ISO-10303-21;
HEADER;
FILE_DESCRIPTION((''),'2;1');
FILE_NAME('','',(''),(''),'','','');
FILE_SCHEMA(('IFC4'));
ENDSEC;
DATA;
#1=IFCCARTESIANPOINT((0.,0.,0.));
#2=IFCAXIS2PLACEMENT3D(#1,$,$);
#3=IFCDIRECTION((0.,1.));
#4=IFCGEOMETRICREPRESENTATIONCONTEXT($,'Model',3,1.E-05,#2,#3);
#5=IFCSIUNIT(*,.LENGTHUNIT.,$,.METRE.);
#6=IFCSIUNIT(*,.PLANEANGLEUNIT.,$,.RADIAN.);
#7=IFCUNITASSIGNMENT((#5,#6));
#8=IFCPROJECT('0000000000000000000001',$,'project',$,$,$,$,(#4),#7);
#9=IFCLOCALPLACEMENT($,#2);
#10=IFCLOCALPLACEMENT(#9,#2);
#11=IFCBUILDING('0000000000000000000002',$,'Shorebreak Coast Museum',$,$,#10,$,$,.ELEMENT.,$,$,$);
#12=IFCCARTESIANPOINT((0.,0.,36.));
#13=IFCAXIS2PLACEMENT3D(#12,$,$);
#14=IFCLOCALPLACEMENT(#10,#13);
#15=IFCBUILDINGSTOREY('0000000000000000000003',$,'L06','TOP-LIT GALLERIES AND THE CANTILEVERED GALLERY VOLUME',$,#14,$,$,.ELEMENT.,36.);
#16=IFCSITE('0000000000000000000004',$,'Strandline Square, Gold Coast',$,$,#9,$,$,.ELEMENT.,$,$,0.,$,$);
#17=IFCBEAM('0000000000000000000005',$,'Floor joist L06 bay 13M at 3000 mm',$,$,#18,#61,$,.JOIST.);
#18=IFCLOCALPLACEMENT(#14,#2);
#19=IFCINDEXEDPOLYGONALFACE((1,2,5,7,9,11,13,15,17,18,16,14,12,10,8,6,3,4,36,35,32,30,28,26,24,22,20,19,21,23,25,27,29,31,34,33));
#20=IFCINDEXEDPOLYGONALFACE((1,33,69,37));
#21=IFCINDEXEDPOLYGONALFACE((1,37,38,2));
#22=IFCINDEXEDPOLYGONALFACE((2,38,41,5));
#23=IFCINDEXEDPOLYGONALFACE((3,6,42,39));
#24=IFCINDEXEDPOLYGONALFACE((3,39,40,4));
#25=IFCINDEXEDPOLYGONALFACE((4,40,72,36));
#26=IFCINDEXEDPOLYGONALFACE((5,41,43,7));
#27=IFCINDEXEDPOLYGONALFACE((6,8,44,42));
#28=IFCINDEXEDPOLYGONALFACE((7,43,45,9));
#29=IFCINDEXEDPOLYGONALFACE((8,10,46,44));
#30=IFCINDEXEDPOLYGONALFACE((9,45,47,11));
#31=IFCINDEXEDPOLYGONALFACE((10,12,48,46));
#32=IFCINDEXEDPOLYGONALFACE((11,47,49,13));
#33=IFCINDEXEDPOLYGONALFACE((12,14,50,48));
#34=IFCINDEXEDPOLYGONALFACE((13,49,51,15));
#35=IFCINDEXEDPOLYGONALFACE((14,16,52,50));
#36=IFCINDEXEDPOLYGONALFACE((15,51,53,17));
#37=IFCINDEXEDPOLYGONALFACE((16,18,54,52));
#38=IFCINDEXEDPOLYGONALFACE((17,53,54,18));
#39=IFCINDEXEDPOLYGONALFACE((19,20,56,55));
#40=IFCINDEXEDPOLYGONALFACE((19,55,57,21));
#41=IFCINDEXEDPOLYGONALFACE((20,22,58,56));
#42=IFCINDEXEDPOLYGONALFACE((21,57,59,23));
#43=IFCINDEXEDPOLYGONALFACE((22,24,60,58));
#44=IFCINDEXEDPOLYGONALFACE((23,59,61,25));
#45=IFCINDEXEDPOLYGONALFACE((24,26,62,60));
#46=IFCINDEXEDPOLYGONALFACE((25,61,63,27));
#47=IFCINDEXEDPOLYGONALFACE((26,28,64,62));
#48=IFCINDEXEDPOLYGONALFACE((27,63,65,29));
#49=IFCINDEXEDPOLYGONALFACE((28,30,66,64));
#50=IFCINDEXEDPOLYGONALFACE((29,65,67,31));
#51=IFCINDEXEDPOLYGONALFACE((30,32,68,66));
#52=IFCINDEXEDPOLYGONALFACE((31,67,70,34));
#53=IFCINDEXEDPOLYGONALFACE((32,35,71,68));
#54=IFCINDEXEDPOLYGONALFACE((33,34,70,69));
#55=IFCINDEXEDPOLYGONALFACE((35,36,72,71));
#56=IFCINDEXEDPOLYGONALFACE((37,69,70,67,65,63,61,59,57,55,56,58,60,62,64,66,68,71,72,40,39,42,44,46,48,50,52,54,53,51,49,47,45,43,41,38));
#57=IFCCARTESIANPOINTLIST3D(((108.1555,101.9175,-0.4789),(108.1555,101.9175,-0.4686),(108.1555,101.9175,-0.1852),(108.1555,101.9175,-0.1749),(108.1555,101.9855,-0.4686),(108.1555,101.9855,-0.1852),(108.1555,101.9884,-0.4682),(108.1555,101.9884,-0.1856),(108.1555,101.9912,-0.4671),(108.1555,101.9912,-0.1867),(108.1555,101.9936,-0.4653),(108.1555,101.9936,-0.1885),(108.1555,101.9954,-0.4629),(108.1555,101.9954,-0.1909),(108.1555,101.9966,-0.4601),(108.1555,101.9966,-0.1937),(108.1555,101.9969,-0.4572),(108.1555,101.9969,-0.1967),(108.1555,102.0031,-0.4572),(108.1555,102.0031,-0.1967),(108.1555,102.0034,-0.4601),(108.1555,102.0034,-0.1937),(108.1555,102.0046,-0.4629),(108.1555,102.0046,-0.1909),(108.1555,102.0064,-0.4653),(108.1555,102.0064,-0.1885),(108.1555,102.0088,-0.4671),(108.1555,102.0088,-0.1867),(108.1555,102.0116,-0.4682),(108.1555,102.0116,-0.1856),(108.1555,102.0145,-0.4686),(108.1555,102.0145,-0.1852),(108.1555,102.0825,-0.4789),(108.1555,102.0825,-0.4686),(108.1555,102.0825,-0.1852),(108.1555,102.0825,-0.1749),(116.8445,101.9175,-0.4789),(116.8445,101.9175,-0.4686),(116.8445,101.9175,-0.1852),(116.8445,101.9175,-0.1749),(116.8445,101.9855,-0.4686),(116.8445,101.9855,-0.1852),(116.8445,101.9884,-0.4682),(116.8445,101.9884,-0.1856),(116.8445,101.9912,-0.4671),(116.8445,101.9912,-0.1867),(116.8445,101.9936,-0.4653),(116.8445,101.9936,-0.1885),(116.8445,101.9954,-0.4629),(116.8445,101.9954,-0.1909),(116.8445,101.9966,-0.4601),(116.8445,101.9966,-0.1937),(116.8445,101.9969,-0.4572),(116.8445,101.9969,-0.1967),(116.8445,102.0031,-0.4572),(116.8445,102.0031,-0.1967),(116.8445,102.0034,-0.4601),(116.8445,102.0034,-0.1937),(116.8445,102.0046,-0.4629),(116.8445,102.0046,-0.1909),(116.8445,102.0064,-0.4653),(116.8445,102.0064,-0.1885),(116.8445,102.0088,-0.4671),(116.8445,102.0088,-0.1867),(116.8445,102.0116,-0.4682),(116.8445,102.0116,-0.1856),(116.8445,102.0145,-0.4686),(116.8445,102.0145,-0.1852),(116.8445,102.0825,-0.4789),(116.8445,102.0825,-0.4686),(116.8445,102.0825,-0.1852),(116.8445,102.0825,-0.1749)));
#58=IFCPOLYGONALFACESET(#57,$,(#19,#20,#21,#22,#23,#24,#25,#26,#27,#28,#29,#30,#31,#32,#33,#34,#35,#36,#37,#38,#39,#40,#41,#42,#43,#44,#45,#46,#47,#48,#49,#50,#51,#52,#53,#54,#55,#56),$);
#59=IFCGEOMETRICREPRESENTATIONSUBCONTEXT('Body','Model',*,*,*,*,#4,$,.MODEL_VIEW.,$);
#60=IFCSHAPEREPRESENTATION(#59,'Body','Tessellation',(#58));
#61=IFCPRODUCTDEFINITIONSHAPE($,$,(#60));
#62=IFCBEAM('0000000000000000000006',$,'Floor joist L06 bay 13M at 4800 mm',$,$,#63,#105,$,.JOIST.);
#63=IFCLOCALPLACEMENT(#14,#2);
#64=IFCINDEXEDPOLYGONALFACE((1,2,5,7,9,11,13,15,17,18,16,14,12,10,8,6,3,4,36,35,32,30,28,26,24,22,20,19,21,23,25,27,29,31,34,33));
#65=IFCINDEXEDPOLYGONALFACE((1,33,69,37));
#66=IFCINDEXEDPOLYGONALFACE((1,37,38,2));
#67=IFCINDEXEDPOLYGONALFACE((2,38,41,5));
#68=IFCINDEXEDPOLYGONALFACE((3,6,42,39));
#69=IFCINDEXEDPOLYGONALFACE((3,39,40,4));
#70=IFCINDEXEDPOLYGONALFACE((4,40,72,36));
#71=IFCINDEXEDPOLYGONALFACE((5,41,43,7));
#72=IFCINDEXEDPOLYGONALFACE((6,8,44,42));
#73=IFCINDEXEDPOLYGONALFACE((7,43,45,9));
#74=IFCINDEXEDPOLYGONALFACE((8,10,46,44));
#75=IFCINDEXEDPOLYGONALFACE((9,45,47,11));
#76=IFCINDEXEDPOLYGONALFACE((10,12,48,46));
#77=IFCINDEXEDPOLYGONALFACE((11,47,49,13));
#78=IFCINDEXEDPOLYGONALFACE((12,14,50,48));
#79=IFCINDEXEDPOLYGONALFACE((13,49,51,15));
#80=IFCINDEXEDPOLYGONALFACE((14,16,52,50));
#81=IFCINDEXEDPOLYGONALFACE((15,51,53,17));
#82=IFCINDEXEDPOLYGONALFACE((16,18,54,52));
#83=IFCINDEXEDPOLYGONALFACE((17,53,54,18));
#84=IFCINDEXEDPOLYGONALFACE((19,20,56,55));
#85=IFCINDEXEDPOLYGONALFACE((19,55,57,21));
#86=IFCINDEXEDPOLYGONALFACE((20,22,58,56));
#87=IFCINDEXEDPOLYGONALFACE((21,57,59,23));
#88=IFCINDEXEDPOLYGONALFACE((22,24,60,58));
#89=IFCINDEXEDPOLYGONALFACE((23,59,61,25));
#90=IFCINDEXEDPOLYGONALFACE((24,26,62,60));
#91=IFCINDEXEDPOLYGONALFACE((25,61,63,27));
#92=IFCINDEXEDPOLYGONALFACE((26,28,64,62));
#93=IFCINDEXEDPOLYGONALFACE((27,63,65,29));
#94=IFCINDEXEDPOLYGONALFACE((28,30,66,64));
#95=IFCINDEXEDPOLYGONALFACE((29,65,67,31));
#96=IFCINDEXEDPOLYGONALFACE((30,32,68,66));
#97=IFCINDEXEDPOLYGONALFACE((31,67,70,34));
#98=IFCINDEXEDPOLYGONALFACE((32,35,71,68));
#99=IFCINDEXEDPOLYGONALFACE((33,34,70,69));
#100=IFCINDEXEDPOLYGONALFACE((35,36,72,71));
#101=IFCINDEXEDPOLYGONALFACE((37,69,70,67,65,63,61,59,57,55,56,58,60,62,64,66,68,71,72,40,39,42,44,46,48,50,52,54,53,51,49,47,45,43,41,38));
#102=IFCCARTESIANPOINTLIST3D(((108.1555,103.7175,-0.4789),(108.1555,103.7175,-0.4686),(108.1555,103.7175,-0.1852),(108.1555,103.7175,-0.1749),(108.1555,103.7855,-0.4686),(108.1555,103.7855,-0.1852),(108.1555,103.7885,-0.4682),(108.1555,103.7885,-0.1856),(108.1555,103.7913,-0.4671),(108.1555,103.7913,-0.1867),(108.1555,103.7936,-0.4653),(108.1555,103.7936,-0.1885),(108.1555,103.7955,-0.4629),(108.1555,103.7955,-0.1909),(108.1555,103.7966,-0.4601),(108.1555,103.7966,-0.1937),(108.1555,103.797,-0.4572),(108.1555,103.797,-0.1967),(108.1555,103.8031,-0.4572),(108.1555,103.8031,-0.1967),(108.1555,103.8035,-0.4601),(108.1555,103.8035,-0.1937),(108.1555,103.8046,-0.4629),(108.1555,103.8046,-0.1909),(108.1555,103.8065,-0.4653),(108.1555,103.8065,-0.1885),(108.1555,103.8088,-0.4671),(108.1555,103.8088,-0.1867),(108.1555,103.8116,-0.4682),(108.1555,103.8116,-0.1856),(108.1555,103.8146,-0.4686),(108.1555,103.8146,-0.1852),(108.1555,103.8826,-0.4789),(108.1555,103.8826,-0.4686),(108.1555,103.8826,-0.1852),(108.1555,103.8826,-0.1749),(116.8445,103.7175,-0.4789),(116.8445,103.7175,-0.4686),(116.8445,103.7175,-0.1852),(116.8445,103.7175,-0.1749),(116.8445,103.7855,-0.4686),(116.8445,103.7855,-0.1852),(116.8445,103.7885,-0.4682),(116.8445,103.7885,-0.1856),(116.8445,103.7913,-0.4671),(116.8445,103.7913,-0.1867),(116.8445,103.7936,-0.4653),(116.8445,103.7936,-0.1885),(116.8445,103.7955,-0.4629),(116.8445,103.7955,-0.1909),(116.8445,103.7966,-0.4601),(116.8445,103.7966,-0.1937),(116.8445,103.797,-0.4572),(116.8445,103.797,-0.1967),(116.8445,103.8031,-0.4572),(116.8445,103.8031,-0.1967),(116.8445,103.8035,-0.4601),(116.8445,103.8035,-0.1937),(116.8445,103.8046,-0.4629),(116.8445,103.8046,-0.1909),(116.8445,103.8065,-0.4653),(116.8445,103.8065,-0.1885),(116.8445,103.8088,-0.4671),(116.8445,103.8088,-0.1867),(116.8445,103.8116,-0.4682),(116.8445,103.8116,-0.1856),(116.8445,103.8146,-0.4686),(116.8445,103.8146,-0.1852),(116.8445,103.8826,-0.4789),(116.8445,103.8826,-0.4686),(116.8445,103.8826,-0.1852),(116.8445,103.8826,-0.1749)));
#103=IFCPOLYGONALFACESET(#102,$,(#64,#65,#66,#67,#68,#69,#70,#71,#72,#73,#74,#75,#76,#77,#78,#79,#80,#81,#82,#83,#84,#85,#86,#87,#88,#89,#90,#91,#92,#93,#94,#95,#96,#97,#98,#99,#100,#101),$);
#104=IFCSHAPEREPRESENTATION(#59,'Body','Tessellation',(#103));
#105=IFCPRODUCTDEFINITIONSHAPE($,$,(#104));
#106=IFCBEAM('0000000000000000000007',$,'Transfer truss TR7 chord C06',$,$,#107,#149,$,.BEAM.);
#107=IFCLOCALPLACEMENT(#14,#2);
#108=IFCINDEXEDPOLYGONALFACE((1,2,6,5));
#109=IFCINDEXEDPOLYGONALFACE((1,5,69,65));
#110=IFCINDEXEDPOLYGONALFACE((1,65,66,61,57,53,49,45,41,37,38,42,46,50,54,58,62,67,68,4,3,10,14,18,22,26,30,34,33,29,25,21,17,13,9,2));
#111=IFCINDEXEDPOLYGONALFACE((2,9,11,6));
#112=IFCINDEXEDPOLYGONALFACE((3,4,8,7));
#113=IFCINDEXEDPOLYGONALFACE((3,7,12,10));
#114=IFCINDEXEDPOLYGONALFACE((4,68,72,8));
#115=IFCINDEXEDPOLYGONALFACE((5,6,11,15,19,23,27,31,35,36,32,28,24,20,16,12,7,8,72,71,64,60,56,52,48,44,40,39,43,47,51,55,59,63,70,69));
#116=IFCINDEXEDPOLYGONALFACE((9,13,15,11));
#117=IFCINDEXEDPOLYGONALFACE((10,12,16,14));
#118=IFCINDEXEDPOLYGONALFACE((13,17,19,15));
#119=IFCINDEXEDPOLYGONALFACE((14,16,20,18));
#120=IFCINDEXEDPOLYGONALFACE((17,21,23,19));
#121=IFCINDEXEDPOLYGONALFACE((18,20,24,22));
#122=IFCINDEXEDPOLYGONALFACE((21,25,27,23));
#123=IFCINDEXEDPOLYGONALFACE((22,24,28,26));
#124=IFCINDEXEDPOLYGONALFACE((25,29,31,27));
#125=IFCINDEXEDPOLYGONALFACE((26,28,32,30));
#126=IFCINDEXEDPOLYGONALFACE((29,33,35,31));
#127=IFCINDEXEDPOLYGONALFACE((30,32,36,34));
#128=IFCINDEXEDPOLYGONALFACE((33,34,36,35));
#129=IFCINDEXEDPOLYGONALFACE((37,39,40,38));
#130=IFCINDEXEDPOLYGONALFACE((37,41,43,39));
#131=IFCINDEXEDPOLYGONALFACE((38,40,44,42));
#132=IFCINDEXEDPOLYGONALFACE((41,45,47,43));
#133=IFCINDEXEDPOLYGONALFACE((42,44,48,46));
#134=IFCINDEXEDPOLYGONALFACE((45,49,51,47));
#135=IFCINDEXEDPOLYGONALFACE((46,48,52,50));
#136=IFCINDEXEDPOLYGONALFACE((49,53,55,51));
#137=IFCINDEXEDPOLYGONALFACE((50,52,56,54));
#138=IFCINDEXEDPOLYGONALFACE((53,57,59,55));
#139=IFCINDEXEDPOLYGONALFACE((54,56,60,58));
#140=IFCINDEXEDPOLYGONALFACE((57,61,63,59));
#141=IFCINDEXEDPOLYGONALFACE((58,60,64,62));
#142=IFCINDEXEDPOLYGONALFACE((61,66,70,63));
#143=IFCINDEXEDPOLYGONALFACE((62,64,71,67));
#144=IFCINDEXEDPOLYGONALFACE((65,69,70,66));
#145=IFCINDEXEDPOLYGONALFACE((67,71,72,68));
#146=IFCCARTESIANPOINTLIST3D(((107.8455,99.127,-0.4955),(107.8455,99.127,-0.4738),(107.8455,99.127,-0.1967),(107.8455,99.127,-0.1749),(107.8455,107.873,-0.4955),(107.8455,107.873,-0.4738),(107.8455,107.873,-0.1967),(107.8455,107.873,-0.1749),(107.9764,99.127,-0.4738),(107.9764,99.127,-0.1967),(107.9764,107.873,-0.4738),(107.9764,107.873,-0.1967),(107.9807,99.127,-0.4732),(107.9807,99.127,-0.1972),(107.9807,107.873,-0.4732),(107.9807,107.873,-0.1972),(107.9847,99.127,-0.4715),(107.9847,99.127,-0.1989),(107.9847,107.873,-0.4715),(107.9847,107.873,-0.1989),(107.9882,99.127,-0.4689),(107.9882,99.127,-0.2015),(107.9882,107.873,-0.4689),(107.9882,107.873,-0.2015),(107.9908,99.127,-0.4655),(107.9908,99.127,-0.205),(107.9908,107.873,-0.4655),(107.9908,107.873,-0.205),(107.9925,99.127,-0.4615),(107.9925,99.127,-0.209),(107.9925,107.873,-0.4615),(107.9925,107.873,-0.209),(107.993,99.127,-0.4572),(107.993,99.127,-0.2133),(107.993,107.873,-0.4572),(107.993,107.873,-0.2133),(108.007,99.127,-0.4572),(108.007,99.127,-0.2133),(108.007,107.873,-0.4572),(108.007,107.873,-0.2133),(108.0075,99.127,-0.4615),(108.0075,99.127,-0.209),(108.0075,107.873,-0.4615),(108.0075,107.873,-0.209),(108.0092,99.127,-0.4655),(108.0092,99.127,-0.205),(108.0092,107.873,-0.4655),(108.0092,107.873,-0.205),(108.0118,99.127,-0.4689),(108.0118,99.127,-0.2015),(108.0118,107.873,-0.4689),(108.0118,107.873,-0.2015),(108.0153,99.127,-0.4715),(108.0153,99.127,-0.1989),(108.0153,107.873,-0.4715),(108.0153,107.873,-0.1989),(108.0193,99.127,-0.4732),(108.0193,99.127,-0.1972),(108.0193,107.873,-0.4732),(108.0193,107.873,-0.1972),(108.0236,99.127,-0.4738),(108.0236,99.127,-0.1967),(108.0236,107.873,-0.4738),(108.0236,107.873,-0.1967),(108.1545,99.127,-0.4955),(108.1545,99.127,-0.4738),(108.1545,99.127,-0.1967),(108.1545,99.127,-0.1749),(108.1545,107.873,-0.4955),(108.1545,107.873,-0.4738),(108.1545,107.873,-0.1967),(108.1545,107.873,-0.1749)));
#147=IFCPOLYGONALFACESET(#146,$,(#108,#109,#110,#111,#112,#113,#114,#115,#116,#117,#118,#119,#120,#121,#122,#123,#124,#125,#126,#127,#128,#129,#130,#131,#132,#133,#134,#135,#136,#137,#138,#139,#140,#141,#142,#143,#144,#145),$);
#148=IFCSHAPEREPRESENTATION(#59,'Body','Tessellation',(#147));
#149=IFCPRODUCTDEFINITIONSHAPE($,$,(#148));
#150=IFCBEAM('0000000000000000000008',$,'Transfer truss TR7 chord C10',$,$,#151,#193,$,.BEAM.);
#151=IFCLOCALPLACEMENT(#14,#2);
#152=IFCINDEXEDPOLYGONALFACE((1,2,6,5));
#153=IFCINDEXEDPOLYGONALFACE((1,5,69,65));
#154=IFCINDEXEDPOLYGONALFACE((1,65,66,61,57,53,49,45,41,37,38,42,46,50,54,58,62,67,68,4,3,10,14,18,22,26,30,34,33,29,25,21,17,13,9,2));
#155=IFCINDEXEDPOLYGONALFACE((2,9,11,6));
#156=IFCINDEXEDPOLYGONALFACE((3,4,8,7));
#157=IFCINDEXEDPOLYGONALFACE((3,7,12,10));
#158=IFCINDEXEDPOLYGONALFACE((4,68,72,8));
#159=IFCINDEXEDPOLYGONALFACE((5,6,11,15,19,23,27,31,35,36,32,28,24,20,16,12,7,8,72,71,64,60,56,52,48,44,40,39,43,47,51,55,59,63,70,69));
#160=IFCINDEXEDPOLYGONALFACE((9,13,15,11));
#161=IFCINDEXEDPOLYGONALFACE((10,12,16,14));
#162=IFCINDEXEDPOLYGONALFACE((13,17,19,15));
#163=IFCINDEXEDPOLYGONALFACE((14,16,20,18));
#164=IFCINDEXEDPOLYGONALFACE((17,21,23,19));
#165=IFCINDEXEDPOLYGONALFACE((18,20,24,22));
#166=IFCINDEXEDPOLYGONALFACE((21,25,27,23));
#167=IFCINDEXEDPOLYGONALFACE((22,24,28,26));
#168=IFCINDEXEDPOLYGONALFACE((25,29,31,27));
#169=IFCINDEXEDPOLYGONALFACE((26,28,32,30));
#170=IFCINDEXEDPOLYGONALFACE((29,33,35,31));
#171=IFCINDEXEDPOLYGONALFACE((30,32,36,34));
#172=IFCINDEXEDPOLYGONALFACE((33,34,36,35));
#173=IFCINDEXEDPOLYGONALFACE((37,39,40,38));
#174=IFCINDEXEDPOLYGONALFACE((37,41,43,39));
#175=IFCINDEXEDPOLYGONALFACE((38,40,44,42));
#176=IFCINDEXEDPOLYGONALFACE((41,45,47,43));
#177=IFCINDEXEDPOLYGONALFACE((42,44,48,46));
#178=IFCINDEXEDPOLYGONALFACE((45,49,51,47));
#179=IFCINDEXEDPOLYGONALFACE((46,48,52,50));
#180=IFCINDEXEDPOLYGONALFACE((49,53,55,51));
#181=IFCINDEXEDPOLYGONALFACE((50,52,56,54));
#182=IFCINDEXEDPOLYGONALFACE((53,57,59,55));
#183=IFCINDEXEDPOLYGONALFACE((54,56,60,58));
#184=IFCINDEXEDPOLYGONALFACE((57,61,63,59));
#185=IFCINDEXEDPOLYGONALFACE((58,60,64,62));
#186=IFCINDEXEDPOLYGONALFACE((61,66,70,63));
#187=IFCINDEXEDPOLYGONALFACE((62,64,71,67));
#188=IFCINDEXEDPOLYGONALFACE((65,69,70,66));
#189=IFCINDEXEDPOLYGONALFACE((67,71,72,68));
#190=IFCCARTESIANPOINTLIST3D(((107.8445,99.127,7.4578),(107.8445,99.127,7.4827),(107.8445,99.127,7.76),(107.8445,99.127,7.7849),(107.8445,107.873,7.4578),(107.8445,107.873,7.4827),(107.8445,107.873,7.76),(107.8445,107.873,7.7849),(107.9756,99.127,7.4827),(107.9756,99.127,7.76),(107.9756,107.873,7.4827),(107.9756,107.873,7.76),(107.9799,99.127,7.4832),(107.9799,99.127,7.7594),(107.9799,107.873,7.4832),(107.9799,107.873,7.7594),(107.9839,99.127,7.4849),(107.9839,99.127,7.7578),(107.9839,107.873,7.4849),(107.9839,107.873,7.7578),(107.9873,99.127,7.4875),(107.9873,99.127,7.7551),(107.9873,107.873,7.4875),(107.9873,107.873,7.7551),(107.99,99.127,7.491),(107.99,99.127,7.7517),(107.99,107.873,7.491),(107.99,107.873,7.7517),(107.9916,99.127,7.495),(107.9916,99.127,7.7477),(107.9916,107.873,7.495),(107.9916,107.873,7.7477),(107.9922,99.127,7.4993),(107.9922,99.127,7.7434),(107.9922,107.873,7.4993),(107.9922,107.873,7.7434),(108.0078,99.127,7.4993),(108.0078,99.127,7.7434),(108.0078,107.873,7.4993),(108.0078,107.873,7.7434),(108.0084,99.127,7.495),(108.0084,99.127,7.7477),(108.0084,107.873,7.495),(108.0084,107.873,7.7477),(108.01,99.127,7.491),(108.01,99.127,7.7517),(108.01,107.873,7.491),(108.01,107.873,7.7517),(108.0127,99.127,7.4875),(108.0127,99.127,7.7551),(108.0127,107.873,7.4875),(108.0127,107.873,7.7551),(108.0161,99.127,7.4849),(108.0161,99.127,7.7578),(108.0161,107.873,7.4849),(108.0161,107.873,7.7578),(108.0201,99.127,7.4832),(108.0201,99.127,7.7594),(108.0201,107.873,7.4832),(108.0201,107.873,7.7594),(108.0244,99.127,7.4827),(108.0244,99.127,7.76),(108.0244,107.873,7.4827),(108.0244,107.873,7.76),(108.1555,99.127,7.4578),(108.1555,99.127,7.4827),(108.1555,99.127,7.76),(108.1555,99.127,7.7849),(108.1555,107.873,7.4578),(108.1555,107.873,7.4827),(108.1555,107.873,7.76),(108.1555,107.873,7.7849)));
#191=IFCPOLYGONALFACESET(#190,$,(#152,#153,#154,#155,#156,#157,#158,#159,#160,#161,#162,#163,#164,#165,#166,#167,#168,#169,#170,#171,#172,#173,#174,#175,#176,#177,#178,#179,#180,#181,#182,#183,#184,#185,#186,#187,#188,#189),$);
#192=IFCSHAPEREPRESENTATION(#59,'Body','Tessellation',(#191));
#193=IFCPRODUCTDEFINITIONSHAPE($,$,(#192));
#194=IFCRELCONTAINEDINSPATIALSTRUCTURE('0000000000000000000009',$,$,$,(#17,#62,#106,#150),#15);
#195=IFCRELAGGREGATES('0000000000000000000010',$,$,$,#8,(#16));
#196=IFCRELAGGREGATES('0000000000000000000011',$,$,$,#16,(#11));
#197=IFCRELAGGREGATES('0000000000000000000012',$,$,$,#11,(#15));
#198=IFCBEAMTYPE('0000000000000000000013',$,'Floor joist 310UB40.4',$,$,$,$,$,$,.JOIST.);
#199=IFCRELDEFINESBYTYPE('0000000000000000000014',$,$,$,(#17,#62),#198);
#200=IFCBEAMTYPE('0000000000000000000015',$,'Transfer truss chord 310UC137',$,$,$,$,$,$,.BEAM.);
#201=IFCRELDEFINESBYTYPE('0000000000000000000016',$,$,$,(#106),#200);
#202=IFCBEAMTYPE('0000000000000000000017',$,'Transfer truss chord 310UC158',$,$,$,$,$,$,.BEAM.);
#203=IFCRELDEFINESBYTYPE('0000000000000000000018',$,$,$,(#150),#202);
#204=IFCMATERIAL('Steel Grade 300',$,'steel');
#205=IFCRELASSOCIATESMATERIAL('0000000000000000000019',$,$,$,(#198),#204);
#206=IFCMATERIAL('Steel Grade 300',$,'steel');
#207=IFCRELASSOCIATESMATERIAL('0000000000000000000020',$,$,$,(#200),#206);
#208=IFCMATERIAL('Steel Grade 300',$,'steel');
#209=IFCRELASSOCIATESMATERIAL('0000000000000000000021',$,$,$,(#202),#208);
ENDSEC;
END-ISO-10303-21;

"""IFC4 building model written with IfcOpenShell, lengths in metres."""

from ifc_helpers import new_model, si_unit, direction, frame, origin, origin_2d, place, context, subcontext, project, spatial, i_section, extrude, material, material_profile, profile_set, type_object, element, save


model = new_model("IFC4")

# Units and contexts
model_context = context("Model", 3, precision=1e-05, world=origin(), true_north=direction((0.0, 1.0)))
body_context = subcontext(model_context, "Body", "Model", "MODEL_VIEW")
ifc_project = project(units=[si_unit("LENGTHUNIT", "METRE"), si_unit("PLANEANGLEUNIT", "RADIAN")], contexts=[model_context])

# Site, building, storey
site_placement = place(None, origin())
site = spatial("IfcSite", under=ifc_project, at=site_placement, Name="Strandline Square, Gold Coast", CompositionType="ELEMENT", RefElevation=0.0)
building_placement = place(site_placement, origin())
building = spatial("IfcBuilding", under=site, at=building_placement, Name="Shorebreak Coast Museum", CompositionType="ELEMENT")
storey_placement = place(building_placement, frame((0.0, 0.0, 36.0)))
storey = spatial("IfcBuildingStorey", under=building, at=storey_placement, Name="L06", Description="TOP-LIT GALLERIES AND THE CANTILEVERED GALLERY VOLUME", CompositionType="ELEMENT", Elevation=36.0)

# Beams
ifc_material_1 = material(Name="Steel Grade 300", Category="steel")
ifc_material_profile_1 = material_profile(ifc_material_1, i_section(OverallWidth=0.165, OverallDepth=0.304, WebThickness=0.0061, FlangeThickness=0.0103, FilletRadius=0.0115, at=origin_2d()), Name="310UB40.4")
ifc_profile_set_1 = profile_set([ifc_material_profile_1], Name="Steel Grade 300")
beam_type_1 = type_object("IfcBeamType", Name="Floor joist 310UB40.4", PredefinedType="JOIST", material=ifc_profile_set_1)
for number, where, z_axis, x_axis, name in (
    (1, (108.1555, 102.0, -0.3269), (1.0, 0.0, 0.0), (0.0, 1.0, 0.0), "Floor joist L06 bay 13M at 3000 mm"),
    (2, (108.1555, 103.8, -0.3269), (1.0, 0.0, 0.0), (0.0, 1.0, 0.0), "Floor joist L06 bay 13M at 4800 mm"),
):
    element("IfcBeam", number, at=place(storey_placement, frame(where, z_axis=z_axis, x_axis=x_axis)), inside=storey, type_object=beam_type_1, Name=name, PredefinedType="JOIST", context=body_context, shape_type="SweptSolid", body=[
        extrude(i_section(OverallWidth=0.165, OverallDepth=0.304, WebThickness=0.0061, FlangeThickness=0.0103, FilletRadius=0.0115, at=origin_2d()), origin(), (0.0, 0.0, 1.0), 8.689),
    ])
ifc_material_2 = material(Name="Steel Grade 300", Category="steel")
ifc_material_profile_2 = material_profile(ifc_material_2, i_section(OverallWidth=0.3091, OverallDepth=0.3206, WebThickness=0.0139, FlangeThickness=0.0217, FilletRadius=0.0166, at=origin_2d()), Name="310UC137")
ifc_profile_set_2 = profile_set([ifc_material_profile_2], Name="Steel Grade 300")
beam_type_2 = type_object("IfcBeamType", Name="Transfer truss chord 310UC137", PredefinedType="BEAM", material=ifc_profile_set_2)
beam_1_placement = place(storey_placement, frame((108.0, 99.127, -0.3352), z_axis=(0.0, 1.0, 0.0), x_axis=(-1.0, 0.0, 0.0)))
element("IfcBeam", 3, at=beam_1_placement, inside=storey, type_object=beam_type_2, Name="Transfer truss TR7 chord C06", PredefinedType="BEAM", context=body_context, shape_type="SweptSolid", body=[
    extrude(i_section(OverallWidth=0.3091, OverallDepth=0.3206, WebThickness=0.0139, FlangeThickness=0.0217, FilletRadius=0.0166, at=origin_2d()), origin(), (0.0, 0.0, 1.0), 8.7461),
])
ifc_material_3 = material(Name="Steel Grade 300", Category="steel")
ifc_material_profile_3 = material_profile(ifc_material_3, i_section(OverallWidth=0.311, OverallDepth=0.3271, WebThickness=0.0156, FlangeThickness=0.0249, FilletRadius=0.0166, at=origin_2d()), Name="310UC158")
ifc_profile_set_3 = profile_set([ifc_material_profile_3], Name="Steel Grade 300")
beam_type_3 = type_object("IfcBeamType", Name="Transfer truss chord 310UC158", PredefinedType="BEAM", material=ifc_profile_set_3)
beam_2_placement = place(storey_placement, frame((108.0, 99.127, 7.6213), z_axis=(0.0, 1.0, 0.0), x_axis=(-1.0, 0.0, 0.0)))
element("IfcBeam", 4, at=beam_2_placement, inside=storey, type_object=beam_type_3, Name="Transfer truss TR7 chord C10", PredefinedType="BEAM", context=body_context, shape_type="SweptSolid", body=[
    extrude(i_section(OverallWidth=0.311, OverallDepth=0.3271, WebThickness=0.0156, FlangeThickness=0.0249, FilletRadius=0.0166, at=origin_2d()), origin(), (0.0, 0.0, 1.0), 8.7461),
])

save(model, "model.ifc")
